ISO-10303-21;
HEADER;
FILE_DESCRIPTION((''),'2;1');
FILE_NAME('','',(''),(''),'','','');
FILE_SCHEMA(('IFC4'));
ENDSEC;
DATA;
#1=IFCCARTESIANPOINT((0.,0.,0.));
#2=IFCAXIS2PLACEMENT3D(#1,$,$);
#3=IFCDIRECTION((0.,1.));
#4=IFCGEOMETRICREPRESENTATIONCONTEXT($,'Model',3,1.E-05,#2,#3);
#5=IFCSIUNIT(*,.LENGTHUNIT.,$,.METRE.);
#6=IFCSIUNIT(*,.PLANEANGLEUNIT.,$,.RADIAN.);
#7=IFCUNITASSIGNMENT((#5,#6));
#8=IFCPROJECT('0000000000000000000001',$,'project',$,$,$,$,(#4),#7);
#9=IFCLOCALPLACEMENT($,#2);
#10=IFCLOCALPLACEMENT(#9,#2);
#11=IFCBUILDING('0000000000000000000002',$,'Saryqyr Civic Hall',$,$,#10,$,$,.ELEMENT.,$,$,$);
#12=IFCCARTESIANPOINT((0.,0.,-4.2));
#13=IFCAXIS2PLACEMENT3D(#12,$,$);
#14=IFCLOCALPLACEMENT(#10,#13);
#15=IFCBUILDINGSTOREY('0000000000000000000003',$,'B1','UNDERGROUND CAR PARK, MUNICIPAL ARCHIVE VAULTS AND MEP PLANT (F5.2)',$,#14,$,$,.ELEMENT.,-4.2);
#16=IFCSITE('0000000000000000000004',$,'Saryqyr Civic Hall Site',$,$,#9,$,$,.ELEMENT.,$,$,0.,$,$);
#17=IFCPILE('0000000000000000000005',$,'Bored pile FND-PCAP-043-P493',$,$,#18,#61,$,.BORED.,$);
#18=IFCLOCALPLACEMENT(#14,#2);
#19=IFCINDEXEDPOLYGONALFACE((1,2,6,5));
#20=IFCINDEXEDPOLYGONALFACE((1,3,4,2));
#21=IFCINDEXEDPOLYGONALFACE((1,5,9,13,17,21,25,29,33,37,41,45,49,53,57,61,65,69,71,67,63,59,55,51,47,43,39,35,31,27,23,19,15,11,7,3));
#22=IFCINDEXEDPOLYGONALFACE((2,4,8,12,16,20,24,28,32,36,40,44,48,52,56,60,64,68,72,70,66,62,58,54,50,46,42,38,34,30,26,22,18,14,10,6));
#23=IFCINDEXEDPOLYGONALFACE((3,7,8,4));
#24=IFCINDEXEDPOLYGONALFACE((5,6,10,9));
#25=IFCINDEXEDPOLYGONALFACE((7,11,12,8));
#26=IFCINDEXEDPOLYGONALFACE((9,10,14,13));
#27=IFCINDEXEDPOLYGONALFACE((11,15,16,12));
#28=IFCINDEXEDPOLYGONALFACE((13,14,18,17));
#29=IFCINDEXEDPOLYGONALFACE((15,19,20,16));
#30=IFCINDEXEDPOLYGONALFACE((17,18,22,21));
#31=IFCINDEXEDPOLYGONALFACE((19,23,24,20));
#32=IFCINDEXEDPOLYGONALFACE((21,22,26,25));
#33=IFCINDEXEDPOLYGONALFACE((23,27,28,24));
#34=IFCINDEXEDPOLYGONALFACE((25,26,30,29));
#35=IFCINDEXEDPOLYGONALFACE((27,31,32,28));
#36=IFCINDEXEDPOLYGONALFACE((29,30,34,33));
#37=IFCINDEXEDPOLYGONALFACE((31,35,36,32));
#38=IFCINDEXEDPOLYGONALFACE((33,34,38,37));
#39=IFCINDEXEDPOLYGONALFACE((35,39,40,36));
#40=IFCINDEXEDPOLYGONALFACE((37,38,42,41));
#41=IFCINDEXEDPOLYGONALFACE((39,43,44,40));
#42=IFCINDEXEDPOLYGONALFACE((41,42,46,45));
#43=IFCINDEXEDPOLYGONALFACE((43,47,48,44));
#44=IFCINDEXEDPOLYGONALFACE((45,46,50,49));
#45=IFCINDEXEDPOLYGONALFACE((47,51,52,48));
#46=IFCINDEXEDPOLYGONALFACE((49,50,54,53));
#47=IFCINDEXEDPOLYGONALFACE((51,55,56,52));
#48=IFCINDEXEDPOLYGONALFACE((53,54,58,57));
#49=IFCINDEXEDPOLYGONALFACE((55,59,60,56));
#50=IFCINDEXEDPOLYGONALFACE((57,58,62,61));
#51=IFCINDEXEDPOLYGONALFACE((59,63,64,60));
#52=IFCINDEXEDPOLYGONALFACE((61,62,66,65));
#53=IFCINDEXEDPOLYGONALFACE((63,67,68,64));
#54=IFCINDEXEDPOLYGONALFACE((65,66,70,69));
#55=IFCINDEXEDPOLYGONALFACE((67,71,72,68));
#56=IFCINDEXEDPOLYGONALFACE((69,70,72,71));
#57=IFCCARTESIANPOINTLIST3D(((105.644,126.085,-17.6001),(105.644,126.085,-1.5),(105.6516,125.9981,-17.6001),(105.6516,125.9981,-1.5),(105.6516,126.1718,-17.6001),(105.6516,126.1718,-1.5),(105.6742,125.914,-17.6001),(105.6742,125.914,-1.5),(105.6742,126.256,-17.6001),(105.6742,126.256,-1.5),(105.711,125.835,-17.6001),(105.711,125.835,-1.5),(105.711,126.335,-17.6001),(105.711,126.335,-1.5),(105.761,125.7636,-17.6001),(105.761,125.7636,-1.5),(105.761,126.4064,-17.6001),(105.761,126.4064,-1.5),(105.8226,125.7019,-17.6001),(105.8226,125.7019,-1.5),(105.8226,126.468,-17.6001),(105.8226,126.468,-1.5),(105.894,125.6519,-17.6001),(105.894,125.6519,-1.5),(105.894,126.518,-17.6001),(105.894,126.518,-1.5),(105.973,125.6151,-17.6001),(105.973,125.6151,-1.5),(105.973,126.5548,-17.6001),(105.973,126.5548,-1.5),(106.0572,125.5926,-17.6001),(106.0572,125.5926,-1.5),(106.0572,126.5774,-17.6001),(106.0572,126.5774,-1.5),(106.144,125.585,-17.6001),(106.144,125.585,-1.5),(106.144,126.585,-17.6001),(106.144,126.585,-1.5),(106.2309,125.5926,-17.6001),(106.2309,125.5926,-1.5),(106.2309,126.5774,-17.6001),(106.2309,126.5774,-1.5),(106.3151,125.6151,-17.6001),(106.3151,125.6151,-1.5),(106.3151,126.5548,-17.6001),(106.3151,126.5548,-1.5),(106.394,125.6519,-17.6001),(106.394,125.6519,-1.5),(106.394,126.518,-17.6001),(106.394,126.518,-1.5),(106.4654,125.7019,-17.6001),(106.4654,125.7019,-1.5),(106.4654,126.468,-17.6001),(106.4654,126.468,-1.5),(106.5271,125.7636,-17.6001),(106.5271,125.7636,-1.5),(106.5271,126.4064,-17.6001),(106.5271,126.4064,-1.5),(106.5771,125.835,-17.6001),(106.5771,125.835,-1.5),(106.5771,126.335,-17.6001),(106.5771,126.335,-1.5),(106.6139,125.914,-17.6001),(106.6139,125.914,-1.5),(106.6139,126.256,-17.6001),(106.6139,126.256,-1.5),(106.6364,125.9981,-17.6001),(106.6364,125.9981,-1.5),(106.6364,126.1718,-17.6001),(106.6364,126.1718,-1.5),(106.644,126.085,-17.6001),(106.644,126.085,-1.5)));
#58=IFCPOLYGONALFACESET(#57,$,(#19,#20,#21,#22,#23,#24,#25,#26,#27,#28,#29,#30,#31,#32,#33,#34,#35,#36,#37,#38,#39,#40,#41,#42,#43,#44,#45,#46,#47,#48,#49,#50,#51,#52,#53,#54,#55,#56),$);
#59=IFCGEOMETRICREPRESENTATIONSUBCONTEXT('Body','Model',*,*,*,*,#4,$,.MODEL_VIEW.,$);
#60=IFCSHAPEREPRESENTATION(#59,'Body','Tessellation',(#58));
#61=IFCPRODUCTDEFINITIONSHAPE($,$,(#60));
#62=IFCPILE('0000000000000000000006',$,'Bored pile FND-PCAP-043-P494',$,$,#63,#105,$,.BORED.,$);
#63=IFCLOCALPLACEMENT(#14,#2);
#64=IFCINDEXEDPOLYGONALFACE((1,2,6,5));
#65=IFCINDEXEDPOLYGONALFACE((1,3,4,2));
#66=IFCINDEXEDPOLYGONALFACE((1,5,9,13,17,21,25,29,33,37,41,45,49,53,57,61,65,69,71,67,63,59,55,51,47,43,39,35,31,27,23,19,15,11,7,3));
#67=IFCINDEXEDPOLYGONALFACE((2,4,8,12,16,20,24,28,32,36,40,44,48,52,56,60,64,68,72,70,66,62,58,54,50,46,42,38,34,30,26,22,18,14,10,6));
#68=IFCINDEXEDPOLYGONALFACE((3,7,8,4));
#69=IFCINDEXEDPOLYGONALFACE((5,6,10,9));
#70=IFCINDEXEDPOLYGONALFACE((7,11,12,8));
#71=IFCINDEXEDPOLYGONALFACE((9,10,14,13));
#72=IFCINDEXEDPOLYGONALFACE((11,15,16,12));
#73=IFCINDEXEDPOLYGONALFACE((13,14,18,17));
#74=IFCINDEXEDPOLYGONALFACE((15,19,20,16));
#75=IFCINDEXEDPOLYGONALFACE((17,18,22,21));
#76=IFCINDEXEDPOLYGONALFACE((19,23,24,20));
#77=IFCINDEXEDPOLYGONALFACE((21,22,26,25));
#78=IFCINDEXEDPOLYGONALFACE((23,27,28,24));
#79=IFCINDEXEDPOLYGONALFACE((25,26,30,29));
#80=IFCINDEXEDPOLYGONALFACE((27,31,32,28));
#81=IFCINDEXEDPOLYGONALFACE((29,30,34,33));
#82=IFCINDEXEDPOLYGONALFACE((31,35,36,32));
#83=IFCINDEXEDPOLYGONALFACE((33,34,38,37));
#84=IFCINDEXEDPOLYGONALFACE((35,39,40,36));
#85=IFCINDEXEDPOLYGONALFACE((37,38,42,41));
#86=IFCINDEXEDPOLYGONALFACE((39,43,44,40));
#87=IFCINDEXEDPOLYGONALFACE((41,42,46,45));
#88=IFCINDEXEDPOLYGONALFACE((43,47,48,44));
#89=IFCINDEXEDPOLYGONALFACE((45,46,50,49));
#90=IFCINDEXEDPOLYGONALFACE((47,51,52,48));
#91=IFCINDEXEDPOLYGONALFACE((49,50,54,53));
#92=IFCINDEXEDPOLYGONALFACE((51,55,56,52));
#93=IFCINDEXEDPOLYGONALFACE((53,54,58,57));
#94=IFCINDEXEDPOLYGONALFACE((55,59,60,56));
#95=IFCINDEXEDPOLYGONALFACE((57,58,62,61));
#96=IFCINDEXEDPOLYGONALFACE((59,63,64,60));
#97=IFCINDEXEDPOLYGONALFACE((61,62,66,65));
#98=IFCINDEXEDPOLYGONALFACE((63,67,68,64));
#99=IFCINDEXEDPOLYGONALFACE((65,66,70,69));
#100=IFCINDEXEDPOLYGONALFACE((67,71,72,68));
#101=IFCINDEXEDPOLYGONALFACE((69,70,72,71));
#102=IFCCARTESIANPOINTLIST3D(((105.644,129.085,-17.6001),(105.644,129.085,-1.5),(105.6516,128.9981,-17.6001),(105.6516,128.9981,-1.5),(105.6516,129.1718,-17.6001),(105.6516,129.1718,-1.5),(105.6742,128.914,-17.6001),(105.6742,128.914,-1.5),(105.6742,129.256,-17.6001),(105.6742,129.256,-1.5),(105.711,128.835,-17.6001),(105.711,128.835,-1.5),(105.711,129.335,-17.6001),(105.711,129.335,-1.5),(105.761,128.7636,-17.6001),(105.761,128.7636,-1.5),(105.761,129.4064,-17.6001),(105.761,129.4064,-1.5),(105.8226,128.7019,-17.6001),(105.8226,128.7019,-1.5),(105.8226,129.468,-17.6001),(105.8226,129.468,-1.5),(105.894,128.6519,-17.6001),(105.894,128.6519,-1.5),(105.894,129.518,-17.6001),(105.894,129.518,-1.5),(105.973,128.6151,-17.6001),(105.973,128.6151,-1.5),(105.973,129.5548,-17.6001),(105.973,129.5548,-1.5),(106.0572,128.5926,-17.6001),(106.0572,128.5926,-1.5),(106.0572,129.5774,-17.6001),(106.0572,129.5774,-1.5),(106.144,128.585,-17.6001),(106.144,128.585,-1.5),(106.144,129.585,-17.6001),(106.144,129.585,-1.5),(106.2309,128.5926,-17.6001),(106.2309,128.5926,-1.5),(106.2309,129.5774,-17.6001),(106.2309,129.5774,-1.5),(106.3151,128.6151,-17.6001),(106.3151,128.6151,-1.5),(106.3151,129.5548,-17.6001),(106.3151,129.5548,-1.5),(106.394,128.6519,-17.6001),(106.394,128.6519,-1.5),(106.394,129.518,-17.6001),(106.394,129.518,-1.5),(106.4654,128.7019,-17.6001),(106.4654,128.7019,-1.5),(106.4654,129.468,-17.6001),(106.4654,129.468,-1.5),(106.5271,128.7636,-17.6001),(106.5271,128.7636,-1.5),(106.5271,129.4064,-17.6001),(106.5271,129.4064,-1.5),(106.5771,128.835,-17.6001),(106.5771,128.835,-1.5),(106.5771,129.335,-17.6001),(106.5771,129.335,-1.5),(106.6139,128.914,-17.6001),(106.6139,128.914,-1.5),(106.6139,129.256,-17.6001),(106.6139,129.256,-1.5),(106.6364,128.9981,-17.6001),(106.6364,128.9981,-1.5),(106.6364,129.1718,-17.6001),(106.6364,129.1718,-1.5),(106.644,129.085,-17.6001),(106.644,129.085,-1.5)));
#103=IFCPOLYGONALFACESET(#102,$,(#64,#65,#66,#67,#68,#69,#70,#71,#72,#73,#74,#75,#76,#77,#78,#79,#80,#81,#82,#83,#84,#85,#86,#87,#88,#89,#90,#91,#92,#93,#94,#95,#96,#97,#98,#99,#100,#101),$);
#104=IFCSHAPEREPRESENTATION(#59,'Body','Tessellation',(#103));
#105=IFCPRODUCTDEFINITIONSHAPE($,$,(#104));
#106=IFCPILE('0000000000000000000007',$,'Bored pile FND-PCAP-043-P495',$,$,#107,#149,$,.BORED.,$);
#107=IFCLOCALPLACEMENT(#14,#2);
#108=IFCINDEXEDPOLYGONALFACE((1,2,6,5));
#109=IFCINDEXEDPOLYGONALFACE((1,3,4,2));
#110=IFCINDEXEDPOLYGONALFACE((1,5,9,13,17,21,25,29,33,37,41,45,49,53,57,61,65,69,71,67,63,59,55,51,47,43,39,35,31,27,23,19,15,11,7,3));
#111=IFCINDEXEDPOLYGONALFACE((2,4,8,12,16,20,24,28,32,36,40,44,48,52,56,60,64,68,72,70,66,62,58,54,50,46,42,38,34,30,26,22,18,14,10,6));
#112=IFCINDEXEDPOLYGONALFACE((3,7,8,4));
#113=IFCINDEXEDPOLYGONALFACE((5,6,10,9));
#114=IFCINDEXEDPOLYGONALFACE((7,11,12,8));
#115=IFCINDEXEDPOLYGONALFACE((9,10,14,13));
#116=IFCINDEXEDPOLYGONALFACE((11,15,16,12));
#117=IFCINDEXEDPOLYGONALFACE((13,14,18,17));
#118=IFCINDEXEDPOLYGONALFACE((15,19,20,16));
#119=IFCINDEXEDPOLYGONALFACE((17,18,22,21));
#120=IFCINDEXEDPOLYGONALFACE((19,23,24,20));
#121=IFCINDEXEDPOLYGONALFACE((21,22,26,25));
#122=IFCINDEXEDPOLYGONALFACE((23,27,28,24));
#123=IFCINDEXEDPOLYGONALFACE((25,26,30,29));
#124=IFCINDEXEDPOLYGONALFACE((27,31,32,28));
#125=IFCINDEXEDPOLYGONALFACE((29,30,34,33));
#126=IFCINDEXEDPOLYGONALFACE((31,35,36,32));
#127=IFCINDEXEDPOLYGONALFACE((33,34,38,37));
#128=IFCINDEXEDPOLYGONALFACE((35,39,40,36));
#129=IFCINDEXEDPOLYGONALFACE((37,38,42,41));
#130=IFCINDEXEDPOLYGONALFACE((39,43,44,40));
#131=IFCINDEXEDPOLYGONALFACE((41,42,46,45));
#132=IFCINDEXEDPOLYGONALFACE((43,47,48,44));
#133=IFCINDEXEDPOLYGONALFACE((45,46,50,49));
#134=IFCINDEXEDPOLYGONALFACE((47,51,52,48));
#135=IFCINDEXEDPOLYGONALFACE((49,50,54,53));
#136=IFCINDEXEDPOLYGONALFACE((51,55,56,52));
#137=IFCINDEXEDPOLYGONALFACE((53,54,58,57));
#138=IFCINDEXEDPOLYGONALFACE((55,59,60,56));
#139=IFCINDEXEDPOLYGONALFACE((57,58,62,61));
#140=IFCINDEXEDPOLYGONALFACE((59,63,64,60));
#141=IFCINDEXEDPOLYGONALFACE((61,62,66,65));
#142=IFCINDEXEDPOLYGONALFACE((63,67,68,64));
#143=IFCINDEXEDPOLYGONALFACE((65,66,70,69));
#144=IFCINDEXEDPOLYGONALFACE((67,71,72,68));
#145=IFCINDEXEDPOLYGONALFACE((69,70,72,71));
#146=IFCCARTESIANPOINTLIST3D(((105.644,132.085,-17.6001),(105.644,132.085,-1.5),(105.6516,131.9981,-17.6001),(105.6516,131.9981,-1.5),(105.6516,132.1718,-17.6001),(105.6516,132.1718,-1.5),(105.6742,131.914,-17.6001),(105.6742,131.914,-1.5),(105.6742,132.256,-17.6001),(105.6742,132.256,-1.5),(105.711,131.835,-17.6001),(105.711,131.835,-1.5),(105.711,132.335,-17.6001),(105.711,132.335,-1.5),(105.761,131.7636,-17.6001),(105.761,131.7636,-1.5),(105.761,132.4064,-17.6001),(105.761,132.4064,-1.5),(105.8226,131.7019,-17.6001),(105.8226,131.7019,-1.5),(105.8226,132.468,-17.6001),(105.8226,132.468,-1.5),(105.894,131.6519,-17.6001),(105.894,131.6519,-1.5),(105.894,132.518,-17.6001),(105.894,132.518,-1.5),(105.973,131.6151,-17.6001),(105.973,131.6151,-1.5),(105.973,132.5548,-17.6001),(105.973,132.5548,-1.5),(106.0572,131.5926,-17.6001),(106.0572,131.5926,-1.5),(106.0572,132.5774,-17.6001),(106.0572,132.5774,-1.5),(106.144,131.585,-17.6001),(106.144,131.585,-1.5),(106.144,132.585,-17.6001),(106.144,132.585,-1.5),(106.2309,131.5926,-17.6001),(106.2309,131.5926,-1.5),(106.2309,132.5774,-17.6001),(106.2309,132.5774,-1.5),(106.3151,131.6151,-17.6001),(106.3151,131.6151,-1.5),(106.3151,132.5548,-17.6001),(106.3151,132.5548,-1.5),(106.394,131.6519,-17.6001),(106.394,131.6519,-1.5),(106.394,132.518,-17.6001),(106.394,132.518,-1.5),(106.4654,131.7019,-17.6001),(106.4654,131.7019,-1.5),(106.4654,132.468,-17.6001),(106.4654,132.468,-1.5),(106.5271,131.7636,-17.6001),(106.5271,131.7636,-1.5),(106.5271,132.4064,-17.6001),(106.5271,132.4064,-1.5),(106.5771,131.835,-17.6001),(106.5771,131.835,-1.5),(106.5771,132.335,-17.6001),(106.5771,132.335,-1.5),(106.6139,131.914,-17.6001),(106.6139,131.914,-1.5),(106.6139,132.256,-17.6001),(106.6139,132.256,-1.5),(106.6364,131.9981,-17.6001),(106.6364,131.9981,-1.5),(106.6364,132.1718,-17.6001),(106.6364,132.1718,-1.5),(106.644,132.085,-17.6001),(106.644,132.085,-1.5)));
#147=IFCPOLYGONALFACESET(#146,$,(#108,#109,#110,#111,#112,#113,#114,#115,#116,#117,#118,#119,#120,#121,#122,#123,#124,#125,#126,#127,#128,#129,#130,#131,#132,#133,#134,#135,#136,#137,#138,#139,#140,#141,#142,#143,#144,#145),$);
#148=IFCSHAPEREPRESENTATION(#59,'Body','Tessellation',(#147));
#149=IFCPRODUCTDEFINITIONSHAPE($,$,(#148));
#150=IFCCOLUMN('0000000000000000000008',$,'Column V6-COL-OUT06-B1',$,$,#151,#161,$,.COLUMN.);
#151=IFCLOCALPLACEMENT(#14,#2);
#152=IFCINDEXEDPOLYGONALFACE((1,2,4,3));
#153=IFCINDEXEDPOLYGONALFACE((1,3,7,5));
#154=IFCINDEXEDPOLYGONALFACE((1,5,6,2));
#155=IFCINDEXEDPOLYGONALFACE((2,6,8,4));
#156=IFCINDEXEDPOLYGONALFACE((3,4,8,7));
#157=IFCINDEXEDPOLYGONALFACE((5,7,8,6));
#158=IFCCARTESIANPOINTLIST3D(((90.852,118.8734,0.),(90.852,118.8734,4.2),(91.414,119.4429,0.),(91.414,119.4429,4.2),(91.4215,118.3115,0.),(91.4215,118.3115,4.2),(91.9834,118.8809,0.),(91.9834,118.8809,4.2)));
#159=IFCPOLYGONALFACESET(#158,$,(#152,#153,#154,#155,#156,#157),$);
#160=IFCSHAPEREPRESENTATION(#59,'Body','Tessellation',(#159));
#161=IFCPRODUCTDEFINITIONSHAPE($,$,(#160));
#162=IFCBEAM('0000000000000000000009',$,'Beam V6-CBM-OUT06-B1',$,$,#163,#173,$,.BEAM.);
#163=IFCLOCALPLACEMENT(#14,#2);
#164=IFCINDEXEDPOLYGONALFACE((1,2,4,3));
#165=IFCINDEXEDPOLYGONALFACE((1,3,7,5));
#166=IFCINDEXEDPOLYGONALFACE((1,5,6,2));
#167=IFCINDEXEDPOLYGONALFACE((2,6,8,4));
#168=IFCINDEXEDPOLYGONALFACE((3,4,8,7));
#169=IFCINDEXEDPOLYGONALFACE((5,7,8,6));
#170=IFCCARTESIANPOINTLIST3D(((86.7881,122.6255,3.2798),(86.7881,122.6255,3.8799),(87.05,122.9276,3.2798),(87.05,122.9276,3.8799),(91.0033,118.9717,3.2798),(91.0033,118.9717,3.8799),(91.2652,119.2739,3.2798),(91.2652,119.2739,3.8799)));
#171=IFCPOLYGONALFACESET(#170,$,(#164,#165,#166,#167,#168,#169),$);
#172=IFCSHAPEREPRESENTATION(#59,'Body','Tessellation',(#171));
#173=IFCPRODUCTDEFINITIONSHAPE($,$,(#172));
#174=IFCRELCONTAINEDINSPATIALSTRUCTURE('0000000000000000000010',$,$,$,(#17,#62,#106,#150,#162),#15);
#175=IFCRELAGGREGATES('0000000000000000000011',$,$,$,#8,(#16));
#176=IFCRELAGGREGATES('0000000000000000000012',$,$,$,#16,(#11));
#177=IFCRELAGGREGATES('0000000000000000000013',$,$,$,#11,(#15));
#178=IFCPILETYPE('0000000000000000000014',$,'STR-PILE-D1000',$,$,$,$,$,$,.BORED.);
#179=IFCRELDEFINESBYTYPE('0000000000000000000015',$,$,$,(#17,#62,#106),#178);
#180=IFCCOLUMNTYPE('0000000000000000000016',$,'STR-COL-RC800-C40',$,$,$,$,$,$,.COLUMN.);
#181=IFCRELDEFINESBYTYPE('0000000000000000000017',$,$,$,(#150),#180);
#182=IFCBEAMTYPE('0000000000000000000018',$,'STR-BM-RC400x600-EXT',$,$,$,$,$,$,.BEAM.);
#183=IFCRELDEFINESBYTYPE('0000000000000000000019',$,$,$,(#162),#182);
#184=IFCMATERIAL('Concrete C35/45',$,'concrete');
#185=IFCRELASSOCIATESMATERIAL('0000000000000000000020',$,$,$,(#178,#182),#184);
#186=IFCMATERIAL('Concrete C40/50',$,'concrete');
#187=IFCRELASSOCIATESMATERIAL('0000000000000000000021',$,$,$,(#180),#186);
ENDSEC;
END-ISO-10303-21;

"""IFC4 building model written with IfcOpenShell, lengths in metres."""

from ifc_helpers import new_model, si_unit, direction, frame, origin, origin_2d, place, context, subcontext, project, spatial, rectangle, circle, extrude, material, material_profile, profile_set, type_object, element, save


model = new_model("IFC4")

# Units and contexts
model_context = context("Model", 3, precision=1e-05, world=origin(), true_north=direction((0.0, 1.0)))
body_context = subcontext(model_context, "Body", "Model", "MODEL_VIEW")
ifc_project = project(units=[si_unit("LENGTHUNIT", "METRE"), si_unit("PLANEANGLEUNIT", "RADIAN")], contexts=[model_context])

# Site, building, storey
site_placement = place(None, origin())
site = spatial("IfcSite", under=ifc_project, at=site_placement, Name="Saryqyr Civic Hall Site", CompositionType="ELEMENT", RefElevation=0.0)
building_placement = place(site_placement, origin())
building = spatial("IfcBuilding", under=site, at=building_placement, Name="Saryqyr Civic Hall", CompositionType="ELEMENT")
storey_placement = place(building_placement, frame((0.0, 0.0, -4.2)))
storey = spatial("IfcBuildingStorey", under=building, at=storey_placement, Name="B1", Description="UNDERGROUND CAR PARK, MUNICIPAL ARCHIVE VAULTS AND MEP PLANT (F5.2)", CompositionType="ELEMENT", Elevation=-4.2)

# Piles
ifc_material_1 = material(Name="Concrete C35/45", Category="concrete")
ifc_material_profile_1 = material_profile(ifc_material_1, circle(Radius=0.5, at=origin_2d()), Name="BORED PILE D1000")
ifc_profile_set_1 = profile_set([ifc_material_profile_1], Name="Concrete C35/45")
pile_type = type_object("IfcPileType", Name="STR-PILE-D1000", PredefinedType="BORED", material=ifc_profile_set_1)
for number, where, z_axis, x_axis, name in (
    (1, (106.144, 126.085, -1.5), (0.0, 0.0, -1.0), (1.0, 0.0, 0.0), "Bored pile FND-PCAP-043-P493"),
    (2, (106.144, 129.085, -1.5), (0.0, 0.0, -1.0), (1.0, 0.0, 0.0), "Bored pile FND-PCAP-043-P494"),
    (3, (106.144, 132.085, -1.5), (0.0, 0.0, -1.0), (1.0, 0.0, 0.0), "Bored pile FND-PCAP-043-P495"),
):
    element("IfcPile", number, at=place(storey_placement, frame(where, z_axis=z_axis, x_axis=x_axis)), inside=storey, type_object=pile_type, Name=name, PredefinedType="BORED", context=body_context, shape_type="SweptSolid", body=[
        extrude(circle(Radius=0.5, at=origin_2d()), origin(), (0.0, 0.0, 1.0), 16.1001),
    ])

# Column
ifc_material_2 = material(Name="Concrete C40/50", Category="concrete")
ifc_material_profile_2 = material_profile(ifc_material_2, rectangle(XDim=0.8, YDim=0.8, at=origin_2d()), Name="RC 800x800")
ifc_profile_set_2 = profile_set([ifc_material_profile_2], Name="Concrete C40/50")
column_type = type_object("IfcColumnType", Name="STR-COL-RC800-C40", PredefinedType="COLUMN", material=ifc_profile_set_2)
column_placement = place(storey_placement, frame((91.4177, 118.8772, 0.0), z_axis=(0.0, 0.0, 1.0), x_axis=(0.702402, 0.711781, 0.0)))
element("IfcColumn", 4, at=column_placement, inside=storey, type_object=column_type, Name="Column V6-COL-OUT06-B1", PredefinedType="COLUMN", context=body_context, shape_type="SweptSolid", body=[
    extrude(rectangle(XDim=0.8, YDim=0.8, at=origin_2d()), origin(), (0.0, 0.0, 1.0), 4.2),
])

# Beam
ifc_material_profile_3 = material_profile(ifc_material_1, rectangle(XDim=0.3999, YDim=0.6001, at=origin_2d()), Name="RC 400x600")
ifc_profile_set_3 = profile_set([ifc_material_profile_3], Name="Concrete C35/45")
beam_type = type_object("IfcBeamType", Name="STR-BM-RC400x600-EXT", PredefinedType="BEAM", material=ifc_profile_set_3)
beam_placement = place(storey_placement, frame((91.1343, 119.1228, 3.5798), z_axis=(-0.755643, 0.654984, 0.0), x_axis=(-0.654984, -0.755643, 0.0)))
element("IfcBeam", 5, at=beam_placement, inside=storey, type_object=beam_type, Name="Beam V6-CBM-OUT06-B1", PredefinedType="BEAM", context=body_context, shape_type="SweptSolid", body=[
    extrude(rectangle(XDim=0.3999, YDim=0.6001, at=origin_2d()), origin(), (0.0, 0.0, 1.0), 5.5784),
])

save(model, "model.ifc")
